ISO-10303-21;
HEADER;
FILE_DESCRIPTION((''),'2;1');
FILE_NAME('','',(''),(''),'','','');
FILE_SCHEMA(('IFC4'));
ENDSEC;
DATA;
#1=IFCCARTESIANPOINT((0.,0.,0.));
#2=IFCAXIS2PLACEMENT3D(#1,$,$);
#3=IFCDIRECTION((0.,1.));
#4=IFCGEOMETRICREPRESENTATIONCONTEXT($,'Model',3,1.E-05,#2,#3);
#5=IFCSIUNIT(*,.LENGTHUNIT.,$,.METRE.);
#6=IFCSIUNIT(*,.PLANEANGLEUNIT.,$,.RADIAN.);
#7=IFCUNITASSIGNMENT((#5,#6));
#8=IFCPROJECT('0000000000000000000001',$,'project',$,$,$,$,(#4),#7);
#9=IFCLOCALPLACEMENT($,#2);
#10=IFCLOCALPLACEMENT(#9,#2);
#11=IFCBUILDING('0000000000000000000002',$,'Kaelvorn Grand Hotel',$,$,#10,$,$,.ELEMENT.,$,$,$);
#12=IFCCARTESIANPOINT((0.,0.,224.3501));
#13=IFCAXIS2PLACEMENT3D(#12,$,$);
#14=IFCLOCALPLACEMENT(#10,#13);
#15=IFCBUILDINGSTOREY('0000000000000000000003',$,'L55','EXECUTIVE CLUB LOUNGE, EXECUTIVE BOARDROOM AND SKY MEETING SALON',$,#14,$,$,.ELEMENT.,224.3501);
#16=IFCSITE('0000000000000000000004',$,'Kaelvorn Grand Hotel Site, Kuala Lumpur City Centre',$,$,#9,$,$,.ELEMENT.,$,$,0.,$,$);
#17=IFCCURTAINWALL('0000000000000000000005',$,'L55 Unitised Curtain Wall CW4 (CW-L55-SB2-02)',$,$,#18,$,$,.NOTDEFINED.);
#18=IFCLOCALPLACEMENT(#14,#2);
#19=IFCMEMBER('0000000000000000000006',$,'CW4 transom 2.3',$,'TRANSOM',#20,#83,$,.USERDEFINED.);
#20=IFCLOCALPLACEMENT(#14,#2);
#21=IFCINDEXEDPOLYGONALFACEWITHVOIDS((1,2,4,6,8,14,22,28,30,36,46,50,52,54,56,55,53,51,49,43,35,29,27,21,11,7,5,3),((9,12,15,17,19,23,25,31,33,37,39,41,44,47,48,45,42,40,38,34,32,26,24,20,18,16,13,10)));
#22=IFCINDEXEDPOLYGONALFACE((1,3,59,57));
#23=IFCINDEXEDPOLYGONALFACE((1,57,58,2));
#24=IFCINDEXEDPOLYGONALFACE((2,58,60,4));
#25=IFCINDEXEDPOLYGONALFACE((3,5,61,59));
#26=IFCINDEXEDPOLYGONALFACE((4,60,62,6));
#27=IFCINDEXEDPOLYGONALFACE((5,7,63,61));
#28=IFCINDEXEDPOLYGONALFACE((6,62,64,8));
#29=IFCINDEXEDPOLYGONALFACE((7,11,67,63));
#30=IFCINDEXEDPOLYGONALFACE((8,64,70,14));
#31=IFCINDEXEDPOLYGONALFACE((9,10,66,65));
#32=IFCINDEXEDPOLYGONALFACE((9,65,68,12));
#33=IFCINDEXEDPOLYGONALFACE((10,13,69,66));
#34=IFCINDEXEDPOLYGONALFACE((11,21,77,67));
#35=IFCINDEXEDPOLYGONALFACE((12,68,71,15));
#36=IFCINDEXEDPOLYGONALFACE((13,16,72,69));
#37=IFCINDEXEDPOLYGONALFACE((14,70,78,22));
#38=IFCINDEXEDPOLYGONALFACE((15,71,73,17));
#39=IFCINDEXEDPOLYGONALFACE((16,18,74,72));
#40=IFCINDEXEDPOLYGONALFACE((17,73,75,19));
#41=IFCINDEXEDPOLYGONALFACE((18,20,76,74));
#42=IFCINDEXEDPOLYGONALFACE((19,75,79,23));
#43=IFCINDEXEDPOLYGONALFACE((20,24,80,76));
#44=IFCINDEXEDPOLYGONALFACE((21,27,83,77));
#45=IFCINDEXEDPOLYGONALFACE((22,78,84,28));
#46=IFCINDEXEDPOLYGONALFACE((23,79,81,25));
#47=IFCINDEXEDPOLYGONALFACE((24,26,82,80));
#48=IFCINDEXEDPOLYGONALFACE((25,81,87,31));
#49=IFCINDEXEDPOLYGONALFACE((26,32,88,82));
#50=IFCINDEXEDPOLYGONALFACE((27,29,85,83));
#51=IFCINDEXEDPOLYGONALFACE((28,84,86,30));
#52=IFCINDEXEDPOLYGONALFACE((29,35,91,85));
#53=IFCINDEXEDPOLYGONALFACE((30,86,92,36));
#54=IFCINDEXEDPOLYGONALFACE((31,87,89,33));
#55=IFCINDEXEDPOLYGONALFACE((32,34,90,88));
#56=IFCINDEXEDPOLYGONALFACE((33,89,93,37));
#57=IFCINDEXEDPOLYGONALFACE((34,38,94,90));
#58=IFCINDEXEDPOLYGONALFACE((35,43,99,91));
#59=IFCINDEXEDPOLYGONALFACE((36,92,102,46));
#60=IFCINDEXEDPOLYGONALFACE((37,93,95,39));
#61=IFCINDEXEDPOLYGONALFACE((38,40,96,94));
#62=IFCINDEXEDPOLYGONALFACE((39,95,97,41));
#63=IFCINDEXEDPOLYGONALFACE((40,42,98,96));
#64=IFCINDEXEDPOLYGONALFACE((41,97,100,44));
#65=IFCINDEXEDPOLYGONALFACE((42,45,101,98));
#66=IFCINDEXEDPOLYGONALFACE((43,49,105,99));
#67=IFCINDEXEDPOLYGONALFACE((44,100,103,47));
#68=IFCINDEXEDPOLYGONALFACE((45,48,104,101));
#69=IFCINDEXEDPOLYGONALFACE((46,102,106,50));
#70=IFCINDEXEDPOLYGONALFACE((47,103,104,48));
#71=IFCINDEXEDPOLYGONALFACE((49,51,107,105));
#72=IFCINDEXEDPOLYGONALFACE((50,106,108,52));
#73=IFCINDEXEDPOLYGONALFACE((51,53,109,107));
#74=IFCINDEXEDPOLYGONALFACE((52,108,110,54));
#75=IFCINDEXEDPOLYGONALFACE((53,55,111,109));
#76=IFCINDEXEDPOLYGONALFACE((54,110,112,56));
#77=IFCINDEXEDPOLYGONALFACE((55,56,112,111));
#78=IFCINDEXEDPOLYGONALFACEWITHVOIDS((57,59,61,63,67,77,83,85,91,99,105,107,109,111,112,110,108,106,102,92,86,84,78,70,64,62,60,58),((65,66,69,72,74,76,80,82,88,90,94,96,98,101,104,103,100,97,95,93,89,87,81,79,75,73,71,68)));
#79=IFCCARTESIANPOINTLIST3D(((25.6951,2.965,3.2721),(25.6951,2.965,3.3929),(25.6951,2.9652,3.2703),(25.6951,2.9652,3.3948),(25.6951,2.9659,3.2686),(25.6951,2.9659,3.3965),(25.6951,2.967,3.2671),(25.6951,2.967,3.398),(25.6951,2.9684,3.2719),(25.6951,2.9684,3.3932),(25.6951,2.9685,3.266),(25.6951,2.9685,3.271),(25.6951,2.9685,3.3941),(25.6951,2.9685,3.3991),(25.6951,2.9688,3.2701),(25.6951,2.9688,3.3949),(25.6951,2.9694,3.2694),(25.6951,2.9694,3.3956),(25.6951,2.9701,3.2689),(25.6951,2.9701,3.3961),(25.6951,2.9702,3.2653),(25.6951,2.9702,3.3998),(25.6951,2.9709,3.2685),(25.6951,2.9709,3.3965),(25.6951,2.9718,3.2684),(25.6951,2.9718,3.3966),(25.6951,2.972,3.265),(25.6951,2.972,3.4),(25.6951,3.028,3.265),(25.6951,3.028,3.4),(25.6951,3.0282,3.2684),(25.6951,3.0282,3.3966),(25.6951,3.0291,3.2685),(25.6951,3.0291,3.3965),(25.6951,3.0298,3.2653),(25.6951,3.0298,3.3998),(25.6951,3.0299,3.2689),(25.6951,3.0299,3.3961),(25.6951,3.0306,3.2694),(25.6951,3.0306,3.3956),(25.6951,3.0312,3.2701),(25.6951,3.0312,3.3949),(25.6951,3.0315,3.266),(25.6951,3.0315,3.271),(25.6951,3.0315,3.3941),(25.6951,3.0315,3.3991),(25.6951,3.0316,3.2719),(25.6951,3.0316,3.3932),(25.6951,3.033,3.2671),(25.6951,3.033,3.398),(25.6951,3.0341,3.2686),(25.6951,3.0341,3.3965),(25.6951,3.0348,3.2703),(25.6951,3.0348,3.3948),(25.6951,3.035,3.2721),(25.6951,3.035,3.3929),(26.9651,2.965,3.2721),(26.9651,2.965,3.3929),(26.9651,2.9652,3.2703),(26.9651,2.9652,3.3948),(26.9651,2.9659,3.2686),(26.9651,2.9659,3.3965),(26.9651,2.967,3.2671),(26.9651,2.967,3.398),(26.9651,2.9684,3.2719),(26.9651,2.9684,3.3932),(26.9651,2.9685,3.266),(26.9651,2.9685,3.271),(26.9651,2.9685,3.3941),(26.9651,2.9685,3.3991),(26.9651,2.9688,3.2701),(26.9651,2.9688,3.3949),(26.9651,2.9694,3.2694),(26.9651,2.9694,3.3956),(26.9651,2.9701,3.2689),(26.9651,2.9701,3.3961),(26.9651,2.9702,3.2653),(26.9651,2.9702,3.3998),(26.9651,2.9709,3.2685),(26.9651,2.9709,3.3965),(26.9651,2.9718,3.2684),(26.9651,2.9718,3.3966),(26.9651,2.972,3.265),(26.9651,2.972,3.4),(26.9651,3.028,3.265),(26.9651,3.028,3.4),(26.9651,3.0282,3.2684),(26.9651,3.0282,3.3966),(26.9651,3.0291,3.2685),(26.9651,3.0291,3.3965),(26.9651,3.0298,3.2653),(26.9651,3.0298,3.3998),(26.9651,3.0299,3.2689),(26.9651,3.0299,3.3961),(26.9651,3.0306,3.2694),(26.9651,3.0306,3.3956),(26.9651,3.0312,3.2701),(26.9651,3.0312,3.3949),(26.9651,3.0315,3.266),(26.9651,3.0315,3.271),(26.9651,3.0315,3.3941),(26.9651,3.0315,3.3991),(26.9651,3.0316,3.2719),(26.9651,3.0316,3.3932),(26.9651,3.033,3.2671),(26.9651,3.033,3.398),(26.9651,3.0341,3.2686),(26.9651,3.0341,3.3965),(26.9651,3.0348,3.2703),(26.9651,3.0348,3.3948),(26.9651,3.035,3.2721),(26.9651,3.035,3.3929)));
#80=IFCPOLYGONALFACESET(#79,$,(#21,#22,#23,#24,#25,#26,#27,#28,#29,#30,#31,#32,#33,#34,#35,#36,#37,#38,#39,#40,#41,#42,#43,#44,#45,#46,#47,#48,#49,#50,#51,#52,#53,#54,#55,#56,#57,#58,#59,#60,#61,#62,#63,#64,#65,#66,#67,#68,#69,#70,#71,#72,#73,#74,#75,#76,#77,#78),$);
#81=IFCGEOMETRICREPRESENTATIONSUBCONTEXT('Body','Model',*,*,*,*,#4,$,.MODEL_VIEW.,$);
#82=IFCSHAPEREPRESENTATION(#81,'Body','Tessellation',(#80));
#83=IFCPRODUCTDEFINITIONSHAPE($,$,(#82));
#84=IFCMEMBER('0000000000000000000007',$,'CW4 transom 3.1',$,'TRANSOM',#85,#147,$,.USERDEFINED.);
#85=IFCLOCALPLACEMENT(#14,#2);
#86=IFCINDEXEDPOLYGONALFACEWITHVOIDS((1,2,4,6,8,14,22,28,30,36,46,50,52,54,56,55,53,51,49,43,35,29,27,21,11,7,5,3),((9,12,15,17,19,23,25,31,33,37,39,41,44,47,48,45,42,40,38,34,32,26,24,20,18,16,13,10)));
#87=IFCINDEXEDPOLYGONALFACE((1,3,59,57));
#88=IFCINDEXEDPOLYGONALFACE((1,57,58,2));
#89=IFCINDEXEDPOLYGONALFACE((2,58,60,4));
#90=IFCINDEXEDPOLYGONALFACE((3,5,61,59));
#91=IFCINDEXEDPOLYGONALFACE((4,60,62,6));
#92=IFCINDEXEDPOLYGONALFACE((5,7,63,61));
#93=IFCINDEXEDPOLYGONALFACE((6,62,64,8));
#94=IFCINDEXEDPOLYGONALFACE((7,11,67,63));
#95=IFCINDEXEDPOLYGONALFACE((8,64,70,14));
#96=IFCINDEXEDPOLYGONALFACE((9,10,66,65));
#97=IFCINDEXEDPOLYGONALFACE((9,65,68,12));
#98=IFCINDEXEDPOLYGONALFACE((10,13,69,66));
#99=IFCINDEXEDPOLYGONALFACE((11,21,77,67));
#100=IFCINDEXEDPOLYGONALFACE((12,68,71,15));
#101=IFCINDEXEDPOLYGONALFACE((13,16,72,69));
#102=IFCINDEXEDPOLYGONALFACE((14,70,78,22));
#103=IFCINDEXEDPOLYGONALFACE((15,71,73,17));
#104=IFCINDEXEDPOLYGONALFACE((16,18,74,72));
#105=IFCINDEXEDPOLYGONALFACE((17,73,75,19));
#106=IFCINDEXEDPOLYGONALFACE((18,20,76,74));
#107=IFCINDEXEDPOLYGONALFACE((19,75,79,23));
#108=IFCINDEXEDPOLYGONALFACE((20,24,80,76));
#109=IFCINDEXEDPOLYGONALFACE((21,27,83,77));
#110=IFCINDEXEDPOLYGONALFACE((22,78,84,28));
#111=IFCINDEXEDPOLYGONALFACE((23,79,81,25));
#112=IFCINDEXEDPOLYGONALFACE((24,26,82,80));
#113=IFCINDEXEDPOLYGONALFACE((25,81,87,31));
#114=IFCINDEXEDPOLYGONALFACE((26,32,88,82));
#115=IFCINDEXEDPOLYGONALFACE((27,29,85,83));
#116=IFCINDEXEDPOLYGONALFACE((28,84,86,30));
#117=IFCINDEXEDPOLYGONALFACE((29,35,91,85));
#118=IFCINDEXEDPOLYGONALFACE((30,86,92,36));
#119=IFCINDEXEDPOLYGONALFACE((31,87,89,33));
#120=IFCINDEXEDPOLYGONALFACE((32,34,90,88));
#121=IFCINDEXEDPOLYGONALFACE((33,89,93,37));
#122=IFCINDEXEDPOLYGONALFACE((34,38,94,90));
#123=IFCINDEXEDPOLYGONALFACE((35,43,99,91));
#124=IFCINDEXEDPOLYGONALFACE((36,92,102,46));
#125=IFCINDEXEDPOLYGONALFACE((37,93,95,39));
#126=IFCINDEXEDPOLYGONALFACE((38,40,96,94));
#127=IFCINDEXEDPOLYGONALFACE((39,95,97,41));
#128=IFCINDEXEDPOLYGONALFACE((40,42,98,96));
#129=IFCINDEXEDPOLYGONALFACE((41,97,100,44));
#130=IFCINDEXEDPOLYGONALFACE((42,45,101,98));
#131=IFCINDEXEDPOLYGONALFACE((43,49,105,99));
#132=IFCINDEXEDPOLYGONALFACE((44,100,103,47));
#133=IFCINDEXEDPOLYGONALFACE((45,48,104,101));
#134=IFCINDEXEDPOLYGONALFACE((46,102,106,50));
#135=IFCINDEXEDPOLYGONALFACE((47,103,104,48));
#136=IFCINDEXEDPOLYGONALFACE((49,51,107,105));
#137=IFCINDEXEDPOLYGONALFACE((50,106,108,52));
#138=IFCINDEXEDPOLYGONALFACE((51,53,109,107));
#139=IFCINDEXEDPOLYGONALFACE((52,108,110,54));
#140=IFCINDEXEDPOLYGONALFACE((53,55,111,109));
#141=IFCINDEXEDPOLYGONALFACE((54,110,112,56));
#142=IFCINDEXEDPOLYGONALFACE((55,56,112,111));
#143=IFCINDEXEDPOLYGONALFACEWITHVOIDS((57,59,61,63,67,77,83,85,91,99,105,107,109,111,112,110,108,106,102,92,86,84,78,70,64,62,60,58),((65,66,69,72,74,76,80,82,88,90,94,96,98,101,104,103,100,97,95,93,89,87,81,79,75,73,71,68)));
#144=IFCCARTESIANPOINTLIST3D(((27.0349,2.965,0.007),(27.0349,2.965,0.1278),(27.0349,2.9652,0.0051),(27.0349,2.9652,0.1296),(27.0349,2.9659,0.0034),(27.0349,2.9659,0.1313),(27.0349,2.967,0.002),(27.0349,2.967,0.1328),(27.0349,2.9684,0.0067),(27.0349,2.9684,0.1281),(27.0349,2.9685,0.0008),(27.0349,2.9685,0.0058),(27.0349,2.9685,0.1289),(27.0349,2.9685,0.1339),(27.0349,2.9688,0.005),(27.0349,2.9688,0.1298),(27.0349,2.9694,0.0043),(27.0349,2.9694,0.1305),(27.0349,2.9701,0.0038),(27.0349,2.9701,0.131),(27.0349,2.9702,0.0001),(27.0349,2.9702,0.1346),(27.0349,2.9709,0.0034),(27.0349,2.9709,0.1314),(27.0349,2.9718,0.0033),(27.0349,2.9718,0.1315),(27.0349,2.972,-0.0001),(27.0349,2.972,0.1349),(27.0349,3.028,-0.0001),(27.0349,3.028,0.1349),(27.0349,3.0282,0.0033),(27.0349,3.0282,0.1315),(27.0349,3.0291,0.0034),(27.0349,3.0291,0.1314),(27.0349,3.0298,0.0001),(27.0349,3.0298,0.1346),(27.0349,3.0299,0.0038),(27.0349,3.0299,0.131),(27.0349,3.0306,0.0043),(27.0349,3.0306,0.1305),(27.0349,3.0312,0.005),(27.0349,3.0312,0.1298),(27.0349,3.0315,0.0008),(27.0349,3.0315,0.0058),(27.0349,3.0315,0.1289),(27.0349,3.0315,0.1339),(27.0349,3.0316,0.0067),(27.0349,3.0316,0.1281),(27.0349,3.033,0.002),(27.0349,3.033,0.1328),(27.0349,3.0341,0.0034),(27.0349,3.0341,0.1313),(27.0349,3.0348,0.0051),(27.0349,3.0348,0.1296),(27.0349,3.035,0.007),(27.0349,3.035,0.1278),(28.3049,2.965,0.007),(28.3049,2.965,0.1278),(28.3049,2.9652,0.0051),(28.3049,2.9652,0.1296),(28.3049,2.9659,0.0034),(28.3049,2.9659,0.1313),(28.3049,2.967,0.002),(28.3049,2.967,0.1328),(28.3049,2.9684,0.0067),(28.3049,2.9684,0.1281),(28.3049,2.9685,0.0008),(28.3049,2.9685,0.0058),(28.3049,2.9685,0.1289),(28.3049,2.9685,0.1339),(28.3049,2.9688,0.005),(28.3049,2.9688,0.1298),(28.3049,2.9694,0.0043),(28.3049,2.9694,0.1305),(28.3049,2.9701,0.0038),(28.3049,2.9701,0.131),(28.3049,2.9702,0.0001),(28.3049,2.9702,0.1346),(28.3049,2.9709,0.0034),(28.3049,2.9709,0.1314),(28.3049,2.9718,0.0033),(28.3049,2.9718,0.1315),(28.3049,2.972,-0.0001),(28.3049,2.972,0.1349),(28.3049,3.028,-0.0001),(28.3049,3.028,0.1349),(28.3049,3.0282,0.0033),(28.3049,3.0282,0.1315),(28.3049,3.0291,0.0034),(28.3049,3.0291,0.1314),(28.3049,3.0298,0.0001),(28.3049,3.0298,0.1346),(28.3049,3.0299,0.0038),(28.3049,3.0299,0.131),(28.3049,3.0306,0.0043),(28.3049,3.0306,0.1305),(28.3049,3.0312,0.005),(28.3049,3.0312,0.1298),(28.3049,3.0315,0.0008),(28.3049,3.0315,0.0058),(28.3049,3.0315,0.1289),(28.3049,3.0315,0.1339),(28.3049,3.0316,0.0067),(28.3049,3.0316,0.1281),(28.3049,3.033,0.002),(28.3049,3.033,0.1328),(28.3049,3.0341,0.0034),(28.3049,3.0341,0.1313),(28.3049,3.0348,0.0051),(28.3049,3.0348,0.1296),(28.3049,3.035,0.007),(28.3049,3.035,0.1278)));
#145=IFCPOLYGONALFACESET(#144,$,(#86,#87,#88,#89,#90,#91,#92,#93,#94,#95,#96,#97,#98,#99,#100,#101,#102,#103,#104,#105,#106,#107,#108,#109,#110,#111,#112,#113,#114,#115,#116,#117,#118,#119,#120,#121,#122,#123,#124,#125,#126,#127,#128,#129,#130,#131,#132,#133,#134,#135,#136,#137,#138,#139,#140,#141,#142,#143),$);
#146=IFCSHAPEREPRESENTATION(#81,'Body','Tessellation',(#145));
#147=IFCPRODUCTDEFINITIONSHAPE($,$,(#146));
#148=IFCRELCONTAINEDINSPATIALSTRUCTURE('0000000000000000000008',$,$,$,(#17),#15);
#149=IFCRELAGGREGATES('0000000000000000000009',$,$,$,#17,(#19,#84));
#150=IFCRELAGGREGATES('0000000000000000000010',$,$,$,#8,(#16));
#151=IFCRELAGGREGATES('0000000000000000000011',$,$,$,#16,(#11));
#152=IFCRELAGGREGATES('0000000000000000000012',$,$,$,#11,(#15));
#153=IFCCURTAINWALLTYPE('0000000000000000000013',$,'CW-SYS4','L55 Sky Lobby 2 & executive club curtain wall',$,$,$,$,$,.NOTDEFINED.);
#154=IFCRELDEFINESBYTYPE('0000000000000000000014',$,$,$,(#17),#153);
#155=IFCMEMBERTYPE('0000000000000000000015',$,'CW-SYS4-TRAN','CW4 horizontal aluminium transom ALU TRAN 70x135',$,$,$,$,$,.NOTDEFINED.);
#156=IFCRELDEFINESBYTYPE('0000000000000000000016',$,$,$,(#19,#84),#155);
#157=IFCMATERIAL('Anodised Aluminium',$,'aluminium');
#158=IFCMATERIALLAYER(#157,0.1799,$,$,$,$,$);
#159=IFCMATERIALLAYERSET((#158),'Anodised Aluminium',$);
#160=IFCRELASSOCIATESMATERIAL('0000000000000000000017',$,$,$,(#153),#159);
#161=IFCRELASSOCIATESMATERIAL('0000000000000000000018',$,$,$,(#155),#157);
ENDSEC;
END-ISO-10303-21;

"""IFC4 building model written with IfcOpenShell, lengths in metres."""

from ifc_helpers import new_model, si_unit, direction, frame, origin, origin_2d, place, context, subcontext, project, spatial, hollow_rectangle, extrude, material, layer, layer_set, material_profile, profile_set, type_object, element, aggregate, save


model = new_model("IFC4")

# Units and contexts
model_context = context("Model", 3, precision=1e-05, world=origin(), true_north=direction((0.0, 1.0)))
body_context = subcontext(model_context, "Body", "Model", "MODEL_VIEW")
ifc_project = project(units=[si_unit("LENGTHUNIT", "METRE"), si_unit("PLANEANGLEUNIT", "RADIAN")], contexts=[model_context])

# Site, building, storey
site_placement = place(None, origin())
site = spatial("IfcSite", under=ifc_project, at=site_placement, Name="Kaelvorn Grand Hotel Site, Kuala Lumpur City Centre", CompositionType="ELEMENT", RefElevation=0.0)
building_placement = place(site_placement, origin())
building = spatial("IfcBuilding", under=site, at=building_placement, Name="Kaelvorn Grand Hotel", CompositionType="ELEMENT")
storey_placement = place(building_placement, frame((0.0, 0.0, 224.3501)))
storey = spatial("IfcBuildingStorey", under=building, at=storey_placement, Name="L55", Description="EXECUTIVE CLUB LOUNGE, EXECUTIVE BOARDROOM AND SKY MEETING SALON", CompositionType="ELEMENT", Elevation=224.3501)

# Curtain wall, members
ifc_material_1 = material(Name="Anodised Aluminium", Category="aluminium")
ifc_layer_1 = layer(ifc_material_1, 0.1799)
ifc_layer_set_1 = layer_set([ifc_layer_1], Name="Anodised Aluminium")
curtain_wall_type = type_object("IfcCurtainWallType", Name="CW-SYS4", Description="L55 Sky Lobby 2 & executive club curtain wall", PredefinedType="NOTDEFINED", material=ifc_layer_set_1)
curtain_wall_placement = place(storey_placement, origin())
curtain_wall = element("IfcCurtainWall", 1, at=curtain_wall_placement, inside=storey, type_object=curtain_wall_type, Name="L55 Unitised Curtain Wall CW4 (CW-L55-SB2-02)", PredefinedType="NOTDEFINED")
ifc_material_profile_1 = material_profile(ifc_material_1, hollow_rectangle(XDim=0.0701, YDim=0.135, WallThickness=0.0034, InnerFilletRadius=0.0034, OuterFilletRadius=0.0071, at=origin_2d()), Name="ALU TRAN 70x135")
ifc_profile_set_1 = profile_set([ifc_material_profile_1], Name="Anodised Aluminium")
member_type_1 = type_object("IfcMemberType", Name="CW-SYS4-TRAN", Description="CW4 horizontal aluminium transom ALU TRAN 70x135", PredefinedType="NOTDEFINED", material=ifc_profile_set_1)
member_1_placement = place(storey_placement, frame((25.6951, 3.0, 3.3325), z_axis=(1.0, 0.0, 0.0), x_axis=(0.0, 1.0, 0.0)))
member_1 = element("IfcMember", 2, at=member_1_placement, type_object=member_type_1, Name="CW4 transom 2.3", ObjectType="TRANSOM", PredefinedType="USERDEFINED", context=body_context, shape_type="SweptSolid", body=[
    extrude(hollow_rectangle(XDim=0.0701, YDim=0.135, WallThickness=0.0034, InnerFilletRadius=0.0034, OuterFilletRadius=0.0071, at=origin_2d()), origin(), (0.0, 0.0, 1.0), 1.27),
])
member_2_placement = place(storey_placement, frame((27.0349, 3.0, 0.0674), z_axis=(1.0, 0.0, 0.0), x_axis=(0.0, 1.0, 0.0)))
member_2 = element("IfcMember", 3, at=member_2_placement, type_object=member_type_1, Name="CW4 transom 3.1", ObjectType="TRANSOM", PredefinedType="USERDEFINED", context=body_context, shape_type="SweptSolid", body=[
    extrude(hollow_rectangle(XDim=0.0701, YDim=0.135, WallThickness=0.0034, InnerFilletRadius=0.0034, OuterFilletRadius=0.0071, at=origin_2d()), origin(), (0.0, 0.0, 1.0), 1.27),
])
aggregate(curtain_wall, [member_1, member_2])

save(model, "model.ifc")
